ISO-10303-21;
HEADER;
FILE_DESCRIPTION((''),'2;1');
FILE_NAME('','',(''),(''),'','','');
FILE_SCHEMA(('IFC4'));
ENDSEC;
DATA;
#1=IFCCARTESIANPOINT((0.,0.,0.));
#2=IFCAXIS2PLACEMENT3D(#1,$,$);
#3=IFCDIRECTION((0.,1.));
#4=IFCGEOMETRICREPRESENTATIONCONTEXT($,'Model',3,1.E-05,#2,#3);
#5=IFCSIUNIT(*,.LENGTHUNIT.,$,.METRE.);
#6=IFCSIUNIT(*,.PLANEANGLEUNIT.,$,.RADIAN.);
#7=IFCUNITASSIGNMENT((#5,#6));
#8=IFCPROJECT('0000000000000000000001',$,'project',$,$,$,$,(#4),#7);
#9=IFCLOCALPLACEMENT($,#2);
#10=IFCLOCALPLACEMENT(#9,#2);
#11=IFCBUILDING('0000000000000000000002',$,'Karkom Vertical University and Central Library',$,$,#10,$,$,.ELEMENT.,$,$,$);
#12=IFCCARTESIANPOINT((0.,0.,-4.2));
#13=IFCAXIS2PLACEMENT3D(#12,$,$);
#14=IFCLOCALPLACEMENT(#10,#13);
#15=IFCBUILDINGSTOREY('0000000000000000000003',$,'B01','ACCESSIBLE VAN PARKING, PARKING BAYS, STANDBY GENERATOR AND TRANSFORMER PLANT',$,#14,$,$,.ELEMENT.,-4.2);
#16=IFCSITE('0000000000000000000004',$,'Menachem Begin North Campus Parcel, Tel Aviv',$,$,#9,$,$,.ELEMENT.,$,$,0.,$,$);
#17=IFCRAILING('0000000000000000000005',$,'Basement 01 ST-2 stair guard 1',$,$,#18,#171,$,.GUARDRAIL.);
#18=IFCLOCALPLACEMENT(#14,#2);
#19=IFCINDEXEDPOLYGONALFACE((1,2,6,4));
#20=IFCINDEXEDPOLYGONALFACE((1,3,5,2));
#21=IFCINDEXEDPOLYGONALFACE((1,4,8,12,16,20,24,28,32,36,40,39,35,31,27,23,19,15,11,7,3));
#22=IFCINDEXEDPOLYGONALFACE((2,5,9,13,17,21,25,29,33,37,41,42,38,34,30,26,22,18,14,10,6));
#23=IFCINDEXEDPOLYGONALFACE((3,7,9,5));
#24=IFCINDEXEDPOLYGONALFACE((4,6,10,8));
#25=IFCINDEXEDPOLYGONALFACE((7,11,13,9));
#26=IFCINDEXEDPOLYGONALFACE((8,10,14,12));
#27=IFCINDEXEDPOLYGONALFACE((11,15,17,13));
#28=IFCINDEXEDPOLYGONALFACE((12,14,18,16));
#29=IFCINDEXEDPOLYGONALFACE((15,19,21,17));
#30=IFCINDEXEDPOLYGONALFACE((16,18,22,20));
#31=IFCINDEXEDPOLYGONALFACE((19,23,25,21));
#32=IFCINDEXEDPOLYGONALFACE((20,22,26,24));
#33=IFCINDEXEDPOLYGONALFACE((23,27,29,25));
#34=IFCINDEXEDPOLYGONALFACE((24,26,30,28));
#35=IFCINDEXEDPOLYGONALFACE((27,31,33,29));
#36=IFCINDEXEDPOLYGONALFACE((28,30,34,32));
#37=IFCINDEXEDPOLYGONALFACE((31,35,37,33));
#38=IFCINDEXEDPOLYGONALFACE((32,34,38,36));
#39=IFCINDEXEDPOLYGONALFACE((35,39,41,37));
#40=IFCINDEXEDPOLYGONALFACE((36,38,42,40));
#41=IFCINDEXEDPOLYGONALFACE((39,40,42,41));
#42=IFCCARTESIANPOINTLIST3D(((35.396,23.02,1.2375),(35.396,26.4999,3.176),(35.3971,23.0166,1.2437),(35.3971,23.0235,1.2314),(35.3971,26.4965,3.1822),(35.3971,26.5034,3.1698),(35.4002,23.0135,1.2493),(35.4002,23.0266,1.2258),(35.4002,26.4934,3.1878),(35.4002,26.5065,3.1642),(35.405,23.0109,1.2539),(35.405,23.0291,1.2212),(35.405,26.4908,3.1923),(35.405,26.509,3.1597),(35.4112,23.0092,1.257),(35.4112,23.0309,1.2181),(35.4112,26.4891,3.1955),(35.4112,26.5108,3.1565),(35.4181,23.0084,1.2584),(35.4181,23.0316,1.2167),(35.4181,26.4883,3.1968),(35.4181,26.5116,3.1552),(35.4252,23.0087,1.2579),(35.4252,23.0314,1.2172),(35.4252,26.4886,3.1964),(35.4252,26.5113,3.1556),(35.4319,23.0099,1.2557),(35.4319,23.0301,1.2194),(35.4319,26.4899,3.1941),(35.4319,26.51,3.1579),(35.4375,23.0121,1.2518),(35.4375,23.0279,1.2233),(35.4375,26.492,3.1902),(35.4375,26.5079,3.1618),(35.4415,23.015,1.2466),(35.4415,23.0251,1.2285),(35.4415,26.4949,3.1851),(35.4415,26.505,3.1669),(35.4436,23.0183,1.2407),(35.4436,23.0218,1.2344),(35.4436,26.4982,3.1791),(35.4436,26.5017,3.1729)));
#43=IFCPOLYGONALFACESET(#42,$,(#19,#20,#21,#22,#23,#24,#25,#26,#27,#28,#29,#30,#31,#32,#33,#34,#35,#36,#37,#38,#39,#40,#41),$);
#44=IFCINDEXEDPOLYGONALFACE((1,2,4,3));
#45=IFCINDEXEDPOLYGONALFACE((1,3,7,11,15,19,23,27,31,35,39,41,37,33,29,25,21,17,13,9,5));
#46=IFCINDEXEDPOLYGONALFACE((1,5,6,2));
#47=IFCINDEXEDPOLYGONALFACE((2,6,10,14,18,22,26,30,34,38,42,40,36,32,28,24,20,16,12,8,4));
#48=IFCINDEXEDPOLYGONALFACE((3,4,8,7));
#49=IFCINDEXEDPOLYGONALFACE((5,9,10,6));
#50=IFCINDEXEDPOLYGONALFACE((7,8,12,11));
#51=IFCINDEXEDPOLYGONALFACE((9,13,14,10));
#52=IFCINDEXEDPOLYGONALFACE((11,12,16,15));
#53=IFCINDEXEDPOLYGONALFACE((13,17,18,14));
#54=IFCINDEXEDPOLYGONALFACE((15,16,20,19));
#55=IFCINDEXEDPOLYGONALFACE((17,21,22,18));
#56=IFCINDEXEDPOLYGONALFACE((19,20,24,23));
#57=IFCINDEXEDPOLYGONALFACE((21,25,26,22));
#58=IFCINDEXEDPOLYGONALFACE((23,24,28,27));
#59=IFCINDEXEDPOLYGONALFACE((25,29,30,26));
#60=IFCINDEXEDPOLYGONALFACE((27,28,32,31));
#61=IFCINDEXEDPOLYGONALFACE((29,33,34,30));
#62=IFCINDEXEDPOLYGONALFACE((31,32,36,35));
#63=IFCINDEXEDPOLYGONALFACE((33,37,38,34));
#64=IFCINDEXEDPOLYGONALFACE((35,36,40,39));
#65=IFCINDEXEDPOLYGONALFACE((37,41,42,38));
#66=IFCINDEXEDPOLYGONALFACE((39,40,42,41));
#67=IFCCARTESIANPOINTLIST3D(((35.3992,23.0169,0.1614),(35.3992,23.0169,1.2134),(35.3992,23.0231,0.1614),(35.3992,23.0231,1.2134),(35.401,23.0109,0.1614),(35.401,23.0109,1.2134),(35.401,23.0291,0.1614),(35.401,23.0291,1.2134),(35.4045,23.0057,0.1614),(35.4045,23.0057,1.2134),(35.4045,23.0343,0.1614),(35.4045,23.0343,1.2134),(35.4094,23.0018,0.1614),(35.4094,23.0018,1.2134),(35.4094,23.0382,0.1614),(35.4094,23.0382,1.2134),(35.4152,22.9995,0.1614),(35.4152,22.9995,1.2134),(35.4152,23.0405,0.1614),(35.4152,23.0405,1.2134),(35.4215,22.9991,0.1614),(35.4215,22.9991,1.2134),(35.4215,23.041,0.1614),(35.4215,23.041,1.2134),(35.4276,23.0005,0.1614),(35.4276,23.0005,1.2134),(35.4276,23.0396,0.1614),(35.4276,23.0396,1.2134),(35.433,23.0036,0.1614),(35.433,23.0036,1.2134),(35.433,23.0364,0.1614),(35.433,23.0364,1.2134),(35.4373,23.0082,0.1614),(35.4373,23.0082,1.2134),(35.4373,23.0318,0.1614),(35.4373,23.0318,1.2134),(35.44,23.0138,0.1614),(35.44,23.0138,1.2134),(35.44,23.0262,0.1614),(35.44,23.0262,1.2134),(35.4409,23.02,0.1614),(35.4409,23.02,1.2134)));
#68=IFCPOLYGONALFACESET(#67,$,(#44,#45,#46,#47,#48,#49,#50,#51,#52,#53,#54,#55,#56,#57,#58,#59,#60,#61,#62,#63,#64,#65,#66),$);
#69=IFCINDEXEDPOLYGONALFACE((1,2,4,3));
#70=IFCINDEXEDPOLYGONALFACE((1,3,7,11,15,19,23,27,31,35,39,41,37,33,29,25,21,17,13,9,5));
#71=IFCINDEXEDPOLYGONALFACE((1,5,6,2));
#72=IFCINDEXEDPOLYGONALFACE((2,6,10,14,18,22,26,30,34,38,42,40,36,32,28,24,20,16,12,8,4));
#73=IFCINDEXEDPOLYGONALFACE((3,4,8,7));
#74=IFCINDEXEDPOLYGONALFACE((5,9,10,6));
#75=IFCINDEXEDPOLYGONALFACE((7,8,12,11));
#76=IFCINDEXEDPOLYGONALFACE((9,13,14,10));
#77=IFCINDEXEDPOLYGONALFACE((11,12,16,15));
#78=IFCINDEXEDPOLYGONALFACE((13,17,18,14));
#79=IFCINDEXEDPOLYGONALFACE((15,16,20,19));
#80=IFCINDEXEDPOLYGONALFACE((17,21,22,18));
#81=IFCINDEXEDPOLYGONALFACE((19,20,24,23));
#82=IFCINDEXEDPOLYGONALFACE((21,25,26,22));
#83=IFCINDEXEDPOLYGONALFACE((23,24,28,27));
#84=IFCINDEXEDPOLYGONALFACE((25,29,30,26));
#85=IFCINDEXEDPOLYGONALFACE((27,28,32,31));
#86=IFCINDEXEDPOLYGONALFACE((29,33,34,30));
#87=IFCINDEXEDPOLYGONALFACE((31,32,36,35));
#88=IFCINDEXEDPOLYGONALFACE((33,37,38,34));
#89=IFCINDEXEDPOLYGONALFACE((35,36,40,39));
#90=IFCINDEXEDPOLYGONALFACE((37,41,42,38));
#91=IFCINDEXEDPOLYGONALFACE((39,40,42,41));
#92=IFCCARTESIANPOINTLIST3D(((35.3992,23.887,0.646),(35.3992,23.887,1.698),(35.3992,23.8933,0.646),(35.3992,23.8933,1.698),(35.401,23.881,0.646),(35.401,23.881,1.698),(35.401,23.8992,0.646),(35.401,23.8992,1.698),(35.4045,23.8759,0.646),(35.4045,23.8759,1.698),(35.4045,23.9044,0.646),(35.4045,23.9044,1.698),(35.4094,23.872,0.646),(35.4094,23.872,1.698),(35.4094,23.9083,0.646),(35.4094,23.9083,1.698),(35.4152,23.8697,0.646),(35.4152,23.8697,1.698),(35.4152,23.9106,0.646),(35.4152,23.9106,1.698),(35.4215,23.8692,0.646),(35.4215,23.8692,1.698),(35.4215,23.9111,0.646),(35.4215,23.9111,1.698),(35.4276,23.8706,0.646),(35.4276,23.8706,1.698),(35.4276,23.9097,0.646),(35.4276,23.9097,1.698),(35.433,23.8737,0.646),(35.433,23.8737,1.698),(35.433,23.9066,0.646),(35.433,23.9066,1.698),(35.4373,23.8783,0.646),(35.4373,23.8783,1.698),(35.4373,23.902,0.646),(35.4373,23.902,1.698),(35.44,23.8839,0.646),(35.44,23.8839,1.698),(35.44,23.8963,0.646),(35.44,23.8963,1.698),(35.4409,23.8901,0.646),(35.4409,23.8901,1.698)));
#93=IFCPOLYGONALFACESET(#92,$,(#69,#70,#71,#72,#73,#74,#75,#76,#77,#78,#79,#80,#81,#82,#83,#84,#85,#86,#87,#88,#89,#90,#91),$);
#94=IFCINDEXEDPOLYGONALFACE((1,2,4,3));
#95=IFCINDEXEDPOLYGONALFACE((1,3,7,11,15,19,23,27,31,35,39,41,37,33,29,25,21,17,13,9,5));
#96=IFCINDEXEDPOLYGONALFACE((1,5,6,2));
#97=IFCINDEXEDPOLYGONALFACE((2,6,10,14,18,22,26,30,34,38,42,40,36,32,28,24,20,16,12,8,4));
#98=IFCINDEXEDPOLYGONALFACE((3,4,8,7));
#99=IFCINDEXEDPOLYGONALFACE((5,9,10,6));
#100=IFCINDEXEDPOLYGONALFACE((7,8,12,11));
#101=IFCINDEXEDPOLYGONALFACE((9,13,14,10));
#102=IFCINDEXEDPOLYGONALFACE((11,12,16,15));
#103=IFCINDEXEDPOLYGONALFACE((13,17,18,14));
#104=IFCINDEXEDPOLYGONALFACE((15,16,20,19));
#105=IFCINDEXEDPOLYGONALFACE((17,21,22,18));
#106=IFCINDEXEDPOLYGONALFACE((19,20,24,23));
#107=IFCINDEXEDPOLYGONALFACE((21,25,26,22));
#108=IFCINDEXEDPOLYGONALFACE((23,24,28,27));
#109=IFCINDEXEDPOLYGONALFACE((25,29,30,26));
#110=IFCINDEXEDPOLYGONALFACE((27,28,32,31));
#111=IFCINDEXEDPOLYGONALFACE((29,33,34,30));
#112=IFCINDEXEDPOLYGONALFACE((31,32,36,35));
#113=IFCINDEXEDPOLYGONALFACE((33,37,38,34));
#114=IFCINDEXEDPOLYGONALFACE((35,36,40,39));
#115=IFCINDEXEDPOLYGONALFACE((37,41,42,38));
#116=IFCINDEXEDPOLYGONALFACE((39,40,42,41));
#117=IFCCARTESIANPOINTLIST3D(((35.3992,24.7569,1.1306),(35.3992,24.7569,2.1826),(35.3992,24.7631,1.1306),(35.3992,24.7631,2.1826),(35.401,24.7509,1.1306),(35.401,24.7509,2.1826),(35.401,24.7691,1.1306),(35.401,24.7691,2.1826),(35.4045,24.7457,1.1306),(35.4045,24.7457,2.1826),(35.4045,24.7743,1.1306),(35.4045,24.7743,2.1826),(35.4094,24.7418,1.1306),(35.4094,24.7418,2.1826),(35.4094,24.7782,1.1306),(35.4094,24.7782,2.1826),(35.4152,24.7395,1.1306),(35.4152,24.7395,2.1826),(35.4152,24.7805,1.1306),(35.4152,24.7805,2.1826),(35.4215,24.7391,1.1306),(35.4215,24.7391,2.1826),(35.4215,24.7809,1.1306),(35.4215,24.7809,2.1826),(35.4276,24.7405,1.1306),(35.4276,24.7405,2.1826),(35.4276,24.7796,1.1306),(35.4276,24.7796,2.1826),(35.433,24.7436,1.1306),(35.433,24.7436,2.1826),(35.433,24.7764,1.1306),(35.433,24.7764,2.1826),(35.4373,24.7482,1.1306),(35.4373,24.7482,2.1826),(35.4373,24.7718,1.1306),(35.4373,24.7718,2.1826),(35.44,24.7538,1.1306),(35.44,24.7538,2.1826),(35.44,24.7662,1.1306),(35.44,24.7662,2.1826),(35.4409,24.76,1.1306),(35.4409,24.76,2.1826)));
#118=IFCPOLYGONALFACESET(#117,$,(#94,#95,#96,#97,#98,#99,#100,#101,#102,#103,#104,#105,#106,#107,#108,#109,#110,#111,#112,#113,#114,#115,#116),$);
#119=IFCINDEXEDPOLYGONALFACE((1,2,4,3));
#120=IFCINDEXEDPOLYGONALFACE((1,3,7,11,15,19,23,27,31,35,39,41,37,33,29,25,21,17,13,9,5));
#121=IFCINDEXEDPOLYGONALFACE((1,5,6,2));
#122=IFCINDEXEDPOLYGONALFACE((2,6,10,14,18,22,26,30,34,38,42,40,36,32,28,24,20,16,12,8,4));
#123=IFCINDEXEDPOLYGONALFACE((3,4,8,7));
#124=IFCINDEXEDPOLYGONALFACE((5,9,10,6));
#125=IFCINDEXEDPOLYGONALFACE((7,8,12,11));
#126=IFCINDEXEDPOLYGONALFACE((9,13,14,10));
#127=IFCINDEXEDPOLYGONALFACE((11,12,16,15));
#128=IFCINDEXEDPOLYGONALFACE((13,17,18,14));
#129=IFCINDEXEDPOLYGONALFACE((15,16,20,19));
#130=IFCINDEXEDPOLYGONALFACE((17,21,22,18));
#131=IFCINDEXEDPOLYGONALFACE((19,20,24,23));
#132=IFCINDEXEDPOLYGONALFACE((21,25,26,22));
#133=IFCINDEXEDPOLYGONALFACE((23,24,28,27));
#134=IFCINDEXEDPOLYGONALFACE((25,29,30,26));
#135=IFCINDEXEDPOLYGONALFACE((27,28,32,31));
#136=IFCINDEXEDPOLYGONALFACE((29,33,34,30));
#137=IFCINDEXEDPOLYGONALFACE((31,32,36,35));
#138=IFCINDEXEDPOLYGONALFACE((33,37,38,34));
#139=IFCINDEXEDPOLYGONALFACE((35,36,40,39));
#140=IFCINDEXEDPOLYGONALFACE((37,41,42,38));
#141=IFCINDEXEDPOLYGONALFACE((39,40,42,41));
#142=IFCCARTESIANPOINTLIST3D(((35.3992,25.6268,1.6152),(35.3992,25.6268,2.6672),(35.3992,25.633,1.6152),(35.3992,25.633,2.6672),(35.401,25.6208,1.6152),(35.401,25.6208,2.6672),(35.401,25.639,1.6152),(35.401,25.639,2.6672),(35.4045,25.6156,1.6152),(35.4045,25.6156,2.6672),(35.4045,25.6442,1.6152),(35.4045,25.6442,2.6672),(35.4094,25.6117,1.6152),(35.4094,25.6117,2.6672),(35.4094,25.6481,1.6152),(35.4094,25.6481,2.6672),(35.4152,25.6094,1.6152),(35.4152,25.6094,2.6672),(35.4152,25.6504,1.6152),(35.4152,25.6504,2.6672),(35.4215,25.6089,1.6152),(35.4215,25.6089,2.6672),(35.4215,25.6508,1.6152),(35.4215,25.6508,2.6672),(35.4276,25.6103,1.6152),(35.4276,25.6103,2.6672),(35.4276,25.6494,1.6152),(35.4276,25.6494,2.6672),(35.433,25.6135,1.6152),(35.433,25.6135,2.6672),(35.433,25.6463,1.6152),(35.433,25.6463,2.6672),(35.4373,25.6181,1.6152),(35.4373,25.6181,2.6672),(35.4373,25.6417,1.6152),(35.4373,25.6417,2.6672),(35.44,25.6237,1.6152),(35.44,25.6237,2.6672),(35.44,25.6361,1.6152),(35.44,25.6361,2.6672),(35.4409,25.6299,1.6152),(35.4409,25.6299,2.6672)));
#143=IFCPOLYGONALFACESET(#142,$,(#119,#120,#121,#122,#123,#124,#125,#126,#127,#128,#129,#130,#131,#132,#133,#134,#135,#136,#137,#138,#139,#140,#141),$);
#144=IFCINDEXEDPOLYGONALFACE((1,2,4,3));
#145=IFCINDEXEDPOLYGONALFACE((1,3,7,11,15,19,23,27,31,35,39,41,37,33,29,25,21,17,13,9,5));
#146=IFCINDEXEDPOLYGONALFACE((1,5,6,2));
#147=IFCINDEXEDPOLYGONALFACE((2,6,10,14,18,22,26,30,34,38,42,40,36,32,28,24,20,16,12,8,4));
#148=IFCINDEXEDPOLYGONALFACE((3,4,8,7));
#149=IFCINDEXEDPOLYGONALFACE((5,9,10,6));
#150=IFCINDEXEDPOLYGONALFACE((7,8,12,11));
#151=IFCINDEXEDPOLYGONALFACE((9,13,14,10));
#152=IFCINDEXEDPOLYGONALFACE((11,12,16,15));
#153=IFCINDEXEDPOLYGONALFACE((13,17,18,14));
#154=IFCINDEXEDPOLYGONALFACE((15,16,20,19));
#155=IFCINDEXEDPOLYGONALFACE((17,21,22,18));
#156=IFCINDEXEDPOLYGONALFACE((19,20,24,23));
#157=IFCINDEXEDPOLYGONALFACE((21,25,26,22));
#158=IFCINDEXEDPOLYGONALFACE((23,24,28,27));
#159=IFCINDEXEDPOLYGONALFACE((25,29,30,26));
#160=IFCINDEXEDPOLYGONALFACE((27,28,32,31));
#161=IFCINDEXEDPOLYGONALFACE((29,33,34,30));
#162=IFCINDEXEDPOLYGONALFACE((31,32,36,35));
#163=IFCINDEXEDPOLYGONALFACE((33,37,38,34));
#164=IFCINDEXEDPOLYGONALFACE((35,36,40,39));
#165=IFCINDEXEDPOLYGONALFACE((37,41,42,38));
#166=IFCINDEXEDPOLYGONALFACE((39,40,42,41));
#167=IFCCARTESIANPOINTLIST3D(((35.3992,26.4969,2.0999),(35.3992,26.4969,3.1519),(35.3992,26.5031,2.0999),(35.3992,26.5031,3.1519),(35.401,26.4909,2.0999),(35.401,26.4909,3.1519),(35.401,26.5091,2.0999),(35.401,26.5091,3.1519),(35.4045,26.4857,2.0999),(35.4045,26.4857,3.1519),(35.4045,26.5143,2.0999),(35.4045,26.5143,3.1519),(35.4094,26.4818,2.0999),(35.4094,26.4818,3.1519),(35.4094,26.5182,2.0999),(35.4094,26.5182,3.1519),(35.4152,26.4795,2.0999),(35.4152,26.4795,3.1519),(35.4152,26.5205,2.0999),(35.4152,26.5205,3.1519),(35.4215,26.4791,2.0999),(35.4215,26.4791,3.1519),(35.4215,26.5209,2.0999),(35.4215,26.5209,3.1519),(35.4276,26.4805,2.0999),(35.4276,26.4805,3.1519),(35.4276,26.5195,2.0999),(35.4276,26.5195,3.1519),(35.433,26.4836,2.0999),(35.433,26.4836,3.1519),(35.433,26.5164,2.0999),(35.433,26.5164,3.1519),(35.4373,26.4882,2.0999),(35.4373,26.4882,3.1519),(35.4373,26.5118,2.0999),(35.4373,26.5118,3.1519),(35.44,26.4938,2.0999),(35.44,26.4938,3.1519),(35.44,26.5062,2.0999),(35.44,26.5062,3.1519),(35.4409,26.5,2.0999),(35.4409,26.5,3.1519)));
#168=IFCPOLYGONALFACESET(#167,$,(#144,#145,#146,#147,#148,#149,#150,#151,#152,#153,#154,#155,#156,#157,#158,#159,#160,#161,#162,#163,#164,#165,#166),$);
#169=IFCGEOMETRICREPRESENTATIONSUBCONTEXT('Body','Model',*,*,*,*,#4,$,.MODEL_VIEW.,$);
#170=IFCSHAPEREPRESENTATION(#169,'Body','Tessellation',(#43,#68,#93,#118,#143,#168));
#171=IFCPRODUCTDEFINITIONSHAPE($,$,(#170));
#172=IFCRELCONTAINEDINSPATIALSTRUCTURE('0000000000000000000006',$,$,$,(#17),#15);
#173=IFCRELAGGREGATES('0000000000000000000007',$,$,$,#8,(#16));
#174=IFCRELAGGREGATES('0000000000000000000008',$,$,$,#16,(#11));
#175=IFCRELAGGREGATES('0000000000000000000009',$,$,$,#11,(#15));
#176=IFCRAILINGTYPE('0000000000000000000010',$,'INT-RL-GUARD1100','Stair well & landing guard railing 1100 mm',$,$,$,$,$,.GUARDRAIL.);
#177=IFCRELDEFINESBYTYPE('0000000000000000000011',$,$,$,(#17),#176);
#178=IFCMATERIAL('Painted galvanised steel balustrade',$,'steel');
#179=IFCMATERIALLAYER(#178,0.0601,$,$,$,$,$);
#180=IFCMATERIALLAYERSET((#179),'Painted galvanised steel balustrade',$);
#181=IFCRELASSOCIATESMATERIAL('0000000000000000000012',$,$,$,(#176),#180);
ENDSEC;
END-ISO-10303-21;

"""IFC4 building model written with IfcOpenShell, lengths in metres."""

from ifc_helpers import new_model, si_unit, direction, frame, origin, origin_2d, place, context, subcontext, project, spatial, circle, extrude, material, layer, layer_set, type_object, element, save


model = new_model("IFC4")

# Units and contexts
model_context = context("Model", 3, precision=1e-05, world=origin(), true_north=direction((0.0, 1.0)))
body_context = subcontext(model_context, "Body", "Model", "MODEL_VIEW")
ifc_project = project(units=[si_unit("LENGTHUNIT", "METRE"), si_unit("PLANEANGLEUNIT", "RADIAN")], contexts=[model_context])

# Site, building, storey
site_placement = place(None, origin())
site = spatial("IfcSite", under=ifc_project, at=site_placement, Name="Menachem Begin North Campus Parcel, Tel Aviv", CompositionType="ELEMENT", RefElevation=0.0)
building_placement = place(site_placement, origin())
building = spatial("IfcBuilding", under=site, at=building_placement, Name="Karkom Vertical University and Central Library", CompositionType="ELEMENT")
storey_placement = place(building_placement, frame((0.0, 0.0, -4.2)))
storey = spatial("IfcBuildingStorey", under=building, at=storey_placement, Name="B01", Description="ACCESSIBLE VAN PARKING, PARKING BAYS, STANDBY GENERATOR AND TRANSFORMER PLANT", CompositionType="ELEMENT", Elevation=-4.2)

# Railing
ifc_material_1 = material(Name="Painted galvanised steel balustrade", Category="steel")
ifc_layer_1 = layer(ifc_material_1, 0.0601)
ifc_layer_set_1 = layer_set([ifc_layer_1], Name="Painted galvanised steel balustrade")
railing_type = type_object("IfcRailingType", Name="INT-RL-GUARD1100", Description="Stair well & landing guard railing 1100 mm", PredefinedType="GUARDRAIL", material=ifc_layer_set_1)
railing_1_placement = place(storey_placement, frame((35.4199, 23.02, 0.1614)))
element("IfcRailing", 1, at=railing_1_placement, inside=storey, type_object=railing_type, Name="Basement 01 ST-2 stair guard 1", PredefinedType="GUARDRAIL", context=body_context, shape_type="SweptSolid", body=[
    extrude(circle(Radius=0.0239, at=origin_2d()), frame((0.0, 0.0, 1.0762), z_axis=(0.0, 0.873607, 0.486631), x_axis=(-1.0, 0.0, 0.0)), (0.0, 0.0, 1.0), 3.9834),
    extrude(circle(Radius=0.021, at=origin_2d()), origin(), (0.0, 0.0, 1.0), 1.052),
    extrude(circle(Radius=0.021, at=origin_2d()), frame((0.0, 0.8701, 0.4846)), (0.0, 0.0, 1.0), 1.052),
    extrude(circle(Radius=0.021, at=origin_2d()), frame((0.0, 1.74, 0.9692)), (0.0, 0.0, 1.0), 1.052),
    extrude(circle(Radius=0.021, at=origin_2d()), frame((0.0, 2.6099, 1.4539)), (0.0, 0.0, 1.0), 1.052),
    extrude(circle(Radius=0.021, at=origin_2d()), frame((0.0, 3.48, 1.9385)), (0.0, 0.0, 1.0), 1.052),
])

save(model, "model.ifc")
